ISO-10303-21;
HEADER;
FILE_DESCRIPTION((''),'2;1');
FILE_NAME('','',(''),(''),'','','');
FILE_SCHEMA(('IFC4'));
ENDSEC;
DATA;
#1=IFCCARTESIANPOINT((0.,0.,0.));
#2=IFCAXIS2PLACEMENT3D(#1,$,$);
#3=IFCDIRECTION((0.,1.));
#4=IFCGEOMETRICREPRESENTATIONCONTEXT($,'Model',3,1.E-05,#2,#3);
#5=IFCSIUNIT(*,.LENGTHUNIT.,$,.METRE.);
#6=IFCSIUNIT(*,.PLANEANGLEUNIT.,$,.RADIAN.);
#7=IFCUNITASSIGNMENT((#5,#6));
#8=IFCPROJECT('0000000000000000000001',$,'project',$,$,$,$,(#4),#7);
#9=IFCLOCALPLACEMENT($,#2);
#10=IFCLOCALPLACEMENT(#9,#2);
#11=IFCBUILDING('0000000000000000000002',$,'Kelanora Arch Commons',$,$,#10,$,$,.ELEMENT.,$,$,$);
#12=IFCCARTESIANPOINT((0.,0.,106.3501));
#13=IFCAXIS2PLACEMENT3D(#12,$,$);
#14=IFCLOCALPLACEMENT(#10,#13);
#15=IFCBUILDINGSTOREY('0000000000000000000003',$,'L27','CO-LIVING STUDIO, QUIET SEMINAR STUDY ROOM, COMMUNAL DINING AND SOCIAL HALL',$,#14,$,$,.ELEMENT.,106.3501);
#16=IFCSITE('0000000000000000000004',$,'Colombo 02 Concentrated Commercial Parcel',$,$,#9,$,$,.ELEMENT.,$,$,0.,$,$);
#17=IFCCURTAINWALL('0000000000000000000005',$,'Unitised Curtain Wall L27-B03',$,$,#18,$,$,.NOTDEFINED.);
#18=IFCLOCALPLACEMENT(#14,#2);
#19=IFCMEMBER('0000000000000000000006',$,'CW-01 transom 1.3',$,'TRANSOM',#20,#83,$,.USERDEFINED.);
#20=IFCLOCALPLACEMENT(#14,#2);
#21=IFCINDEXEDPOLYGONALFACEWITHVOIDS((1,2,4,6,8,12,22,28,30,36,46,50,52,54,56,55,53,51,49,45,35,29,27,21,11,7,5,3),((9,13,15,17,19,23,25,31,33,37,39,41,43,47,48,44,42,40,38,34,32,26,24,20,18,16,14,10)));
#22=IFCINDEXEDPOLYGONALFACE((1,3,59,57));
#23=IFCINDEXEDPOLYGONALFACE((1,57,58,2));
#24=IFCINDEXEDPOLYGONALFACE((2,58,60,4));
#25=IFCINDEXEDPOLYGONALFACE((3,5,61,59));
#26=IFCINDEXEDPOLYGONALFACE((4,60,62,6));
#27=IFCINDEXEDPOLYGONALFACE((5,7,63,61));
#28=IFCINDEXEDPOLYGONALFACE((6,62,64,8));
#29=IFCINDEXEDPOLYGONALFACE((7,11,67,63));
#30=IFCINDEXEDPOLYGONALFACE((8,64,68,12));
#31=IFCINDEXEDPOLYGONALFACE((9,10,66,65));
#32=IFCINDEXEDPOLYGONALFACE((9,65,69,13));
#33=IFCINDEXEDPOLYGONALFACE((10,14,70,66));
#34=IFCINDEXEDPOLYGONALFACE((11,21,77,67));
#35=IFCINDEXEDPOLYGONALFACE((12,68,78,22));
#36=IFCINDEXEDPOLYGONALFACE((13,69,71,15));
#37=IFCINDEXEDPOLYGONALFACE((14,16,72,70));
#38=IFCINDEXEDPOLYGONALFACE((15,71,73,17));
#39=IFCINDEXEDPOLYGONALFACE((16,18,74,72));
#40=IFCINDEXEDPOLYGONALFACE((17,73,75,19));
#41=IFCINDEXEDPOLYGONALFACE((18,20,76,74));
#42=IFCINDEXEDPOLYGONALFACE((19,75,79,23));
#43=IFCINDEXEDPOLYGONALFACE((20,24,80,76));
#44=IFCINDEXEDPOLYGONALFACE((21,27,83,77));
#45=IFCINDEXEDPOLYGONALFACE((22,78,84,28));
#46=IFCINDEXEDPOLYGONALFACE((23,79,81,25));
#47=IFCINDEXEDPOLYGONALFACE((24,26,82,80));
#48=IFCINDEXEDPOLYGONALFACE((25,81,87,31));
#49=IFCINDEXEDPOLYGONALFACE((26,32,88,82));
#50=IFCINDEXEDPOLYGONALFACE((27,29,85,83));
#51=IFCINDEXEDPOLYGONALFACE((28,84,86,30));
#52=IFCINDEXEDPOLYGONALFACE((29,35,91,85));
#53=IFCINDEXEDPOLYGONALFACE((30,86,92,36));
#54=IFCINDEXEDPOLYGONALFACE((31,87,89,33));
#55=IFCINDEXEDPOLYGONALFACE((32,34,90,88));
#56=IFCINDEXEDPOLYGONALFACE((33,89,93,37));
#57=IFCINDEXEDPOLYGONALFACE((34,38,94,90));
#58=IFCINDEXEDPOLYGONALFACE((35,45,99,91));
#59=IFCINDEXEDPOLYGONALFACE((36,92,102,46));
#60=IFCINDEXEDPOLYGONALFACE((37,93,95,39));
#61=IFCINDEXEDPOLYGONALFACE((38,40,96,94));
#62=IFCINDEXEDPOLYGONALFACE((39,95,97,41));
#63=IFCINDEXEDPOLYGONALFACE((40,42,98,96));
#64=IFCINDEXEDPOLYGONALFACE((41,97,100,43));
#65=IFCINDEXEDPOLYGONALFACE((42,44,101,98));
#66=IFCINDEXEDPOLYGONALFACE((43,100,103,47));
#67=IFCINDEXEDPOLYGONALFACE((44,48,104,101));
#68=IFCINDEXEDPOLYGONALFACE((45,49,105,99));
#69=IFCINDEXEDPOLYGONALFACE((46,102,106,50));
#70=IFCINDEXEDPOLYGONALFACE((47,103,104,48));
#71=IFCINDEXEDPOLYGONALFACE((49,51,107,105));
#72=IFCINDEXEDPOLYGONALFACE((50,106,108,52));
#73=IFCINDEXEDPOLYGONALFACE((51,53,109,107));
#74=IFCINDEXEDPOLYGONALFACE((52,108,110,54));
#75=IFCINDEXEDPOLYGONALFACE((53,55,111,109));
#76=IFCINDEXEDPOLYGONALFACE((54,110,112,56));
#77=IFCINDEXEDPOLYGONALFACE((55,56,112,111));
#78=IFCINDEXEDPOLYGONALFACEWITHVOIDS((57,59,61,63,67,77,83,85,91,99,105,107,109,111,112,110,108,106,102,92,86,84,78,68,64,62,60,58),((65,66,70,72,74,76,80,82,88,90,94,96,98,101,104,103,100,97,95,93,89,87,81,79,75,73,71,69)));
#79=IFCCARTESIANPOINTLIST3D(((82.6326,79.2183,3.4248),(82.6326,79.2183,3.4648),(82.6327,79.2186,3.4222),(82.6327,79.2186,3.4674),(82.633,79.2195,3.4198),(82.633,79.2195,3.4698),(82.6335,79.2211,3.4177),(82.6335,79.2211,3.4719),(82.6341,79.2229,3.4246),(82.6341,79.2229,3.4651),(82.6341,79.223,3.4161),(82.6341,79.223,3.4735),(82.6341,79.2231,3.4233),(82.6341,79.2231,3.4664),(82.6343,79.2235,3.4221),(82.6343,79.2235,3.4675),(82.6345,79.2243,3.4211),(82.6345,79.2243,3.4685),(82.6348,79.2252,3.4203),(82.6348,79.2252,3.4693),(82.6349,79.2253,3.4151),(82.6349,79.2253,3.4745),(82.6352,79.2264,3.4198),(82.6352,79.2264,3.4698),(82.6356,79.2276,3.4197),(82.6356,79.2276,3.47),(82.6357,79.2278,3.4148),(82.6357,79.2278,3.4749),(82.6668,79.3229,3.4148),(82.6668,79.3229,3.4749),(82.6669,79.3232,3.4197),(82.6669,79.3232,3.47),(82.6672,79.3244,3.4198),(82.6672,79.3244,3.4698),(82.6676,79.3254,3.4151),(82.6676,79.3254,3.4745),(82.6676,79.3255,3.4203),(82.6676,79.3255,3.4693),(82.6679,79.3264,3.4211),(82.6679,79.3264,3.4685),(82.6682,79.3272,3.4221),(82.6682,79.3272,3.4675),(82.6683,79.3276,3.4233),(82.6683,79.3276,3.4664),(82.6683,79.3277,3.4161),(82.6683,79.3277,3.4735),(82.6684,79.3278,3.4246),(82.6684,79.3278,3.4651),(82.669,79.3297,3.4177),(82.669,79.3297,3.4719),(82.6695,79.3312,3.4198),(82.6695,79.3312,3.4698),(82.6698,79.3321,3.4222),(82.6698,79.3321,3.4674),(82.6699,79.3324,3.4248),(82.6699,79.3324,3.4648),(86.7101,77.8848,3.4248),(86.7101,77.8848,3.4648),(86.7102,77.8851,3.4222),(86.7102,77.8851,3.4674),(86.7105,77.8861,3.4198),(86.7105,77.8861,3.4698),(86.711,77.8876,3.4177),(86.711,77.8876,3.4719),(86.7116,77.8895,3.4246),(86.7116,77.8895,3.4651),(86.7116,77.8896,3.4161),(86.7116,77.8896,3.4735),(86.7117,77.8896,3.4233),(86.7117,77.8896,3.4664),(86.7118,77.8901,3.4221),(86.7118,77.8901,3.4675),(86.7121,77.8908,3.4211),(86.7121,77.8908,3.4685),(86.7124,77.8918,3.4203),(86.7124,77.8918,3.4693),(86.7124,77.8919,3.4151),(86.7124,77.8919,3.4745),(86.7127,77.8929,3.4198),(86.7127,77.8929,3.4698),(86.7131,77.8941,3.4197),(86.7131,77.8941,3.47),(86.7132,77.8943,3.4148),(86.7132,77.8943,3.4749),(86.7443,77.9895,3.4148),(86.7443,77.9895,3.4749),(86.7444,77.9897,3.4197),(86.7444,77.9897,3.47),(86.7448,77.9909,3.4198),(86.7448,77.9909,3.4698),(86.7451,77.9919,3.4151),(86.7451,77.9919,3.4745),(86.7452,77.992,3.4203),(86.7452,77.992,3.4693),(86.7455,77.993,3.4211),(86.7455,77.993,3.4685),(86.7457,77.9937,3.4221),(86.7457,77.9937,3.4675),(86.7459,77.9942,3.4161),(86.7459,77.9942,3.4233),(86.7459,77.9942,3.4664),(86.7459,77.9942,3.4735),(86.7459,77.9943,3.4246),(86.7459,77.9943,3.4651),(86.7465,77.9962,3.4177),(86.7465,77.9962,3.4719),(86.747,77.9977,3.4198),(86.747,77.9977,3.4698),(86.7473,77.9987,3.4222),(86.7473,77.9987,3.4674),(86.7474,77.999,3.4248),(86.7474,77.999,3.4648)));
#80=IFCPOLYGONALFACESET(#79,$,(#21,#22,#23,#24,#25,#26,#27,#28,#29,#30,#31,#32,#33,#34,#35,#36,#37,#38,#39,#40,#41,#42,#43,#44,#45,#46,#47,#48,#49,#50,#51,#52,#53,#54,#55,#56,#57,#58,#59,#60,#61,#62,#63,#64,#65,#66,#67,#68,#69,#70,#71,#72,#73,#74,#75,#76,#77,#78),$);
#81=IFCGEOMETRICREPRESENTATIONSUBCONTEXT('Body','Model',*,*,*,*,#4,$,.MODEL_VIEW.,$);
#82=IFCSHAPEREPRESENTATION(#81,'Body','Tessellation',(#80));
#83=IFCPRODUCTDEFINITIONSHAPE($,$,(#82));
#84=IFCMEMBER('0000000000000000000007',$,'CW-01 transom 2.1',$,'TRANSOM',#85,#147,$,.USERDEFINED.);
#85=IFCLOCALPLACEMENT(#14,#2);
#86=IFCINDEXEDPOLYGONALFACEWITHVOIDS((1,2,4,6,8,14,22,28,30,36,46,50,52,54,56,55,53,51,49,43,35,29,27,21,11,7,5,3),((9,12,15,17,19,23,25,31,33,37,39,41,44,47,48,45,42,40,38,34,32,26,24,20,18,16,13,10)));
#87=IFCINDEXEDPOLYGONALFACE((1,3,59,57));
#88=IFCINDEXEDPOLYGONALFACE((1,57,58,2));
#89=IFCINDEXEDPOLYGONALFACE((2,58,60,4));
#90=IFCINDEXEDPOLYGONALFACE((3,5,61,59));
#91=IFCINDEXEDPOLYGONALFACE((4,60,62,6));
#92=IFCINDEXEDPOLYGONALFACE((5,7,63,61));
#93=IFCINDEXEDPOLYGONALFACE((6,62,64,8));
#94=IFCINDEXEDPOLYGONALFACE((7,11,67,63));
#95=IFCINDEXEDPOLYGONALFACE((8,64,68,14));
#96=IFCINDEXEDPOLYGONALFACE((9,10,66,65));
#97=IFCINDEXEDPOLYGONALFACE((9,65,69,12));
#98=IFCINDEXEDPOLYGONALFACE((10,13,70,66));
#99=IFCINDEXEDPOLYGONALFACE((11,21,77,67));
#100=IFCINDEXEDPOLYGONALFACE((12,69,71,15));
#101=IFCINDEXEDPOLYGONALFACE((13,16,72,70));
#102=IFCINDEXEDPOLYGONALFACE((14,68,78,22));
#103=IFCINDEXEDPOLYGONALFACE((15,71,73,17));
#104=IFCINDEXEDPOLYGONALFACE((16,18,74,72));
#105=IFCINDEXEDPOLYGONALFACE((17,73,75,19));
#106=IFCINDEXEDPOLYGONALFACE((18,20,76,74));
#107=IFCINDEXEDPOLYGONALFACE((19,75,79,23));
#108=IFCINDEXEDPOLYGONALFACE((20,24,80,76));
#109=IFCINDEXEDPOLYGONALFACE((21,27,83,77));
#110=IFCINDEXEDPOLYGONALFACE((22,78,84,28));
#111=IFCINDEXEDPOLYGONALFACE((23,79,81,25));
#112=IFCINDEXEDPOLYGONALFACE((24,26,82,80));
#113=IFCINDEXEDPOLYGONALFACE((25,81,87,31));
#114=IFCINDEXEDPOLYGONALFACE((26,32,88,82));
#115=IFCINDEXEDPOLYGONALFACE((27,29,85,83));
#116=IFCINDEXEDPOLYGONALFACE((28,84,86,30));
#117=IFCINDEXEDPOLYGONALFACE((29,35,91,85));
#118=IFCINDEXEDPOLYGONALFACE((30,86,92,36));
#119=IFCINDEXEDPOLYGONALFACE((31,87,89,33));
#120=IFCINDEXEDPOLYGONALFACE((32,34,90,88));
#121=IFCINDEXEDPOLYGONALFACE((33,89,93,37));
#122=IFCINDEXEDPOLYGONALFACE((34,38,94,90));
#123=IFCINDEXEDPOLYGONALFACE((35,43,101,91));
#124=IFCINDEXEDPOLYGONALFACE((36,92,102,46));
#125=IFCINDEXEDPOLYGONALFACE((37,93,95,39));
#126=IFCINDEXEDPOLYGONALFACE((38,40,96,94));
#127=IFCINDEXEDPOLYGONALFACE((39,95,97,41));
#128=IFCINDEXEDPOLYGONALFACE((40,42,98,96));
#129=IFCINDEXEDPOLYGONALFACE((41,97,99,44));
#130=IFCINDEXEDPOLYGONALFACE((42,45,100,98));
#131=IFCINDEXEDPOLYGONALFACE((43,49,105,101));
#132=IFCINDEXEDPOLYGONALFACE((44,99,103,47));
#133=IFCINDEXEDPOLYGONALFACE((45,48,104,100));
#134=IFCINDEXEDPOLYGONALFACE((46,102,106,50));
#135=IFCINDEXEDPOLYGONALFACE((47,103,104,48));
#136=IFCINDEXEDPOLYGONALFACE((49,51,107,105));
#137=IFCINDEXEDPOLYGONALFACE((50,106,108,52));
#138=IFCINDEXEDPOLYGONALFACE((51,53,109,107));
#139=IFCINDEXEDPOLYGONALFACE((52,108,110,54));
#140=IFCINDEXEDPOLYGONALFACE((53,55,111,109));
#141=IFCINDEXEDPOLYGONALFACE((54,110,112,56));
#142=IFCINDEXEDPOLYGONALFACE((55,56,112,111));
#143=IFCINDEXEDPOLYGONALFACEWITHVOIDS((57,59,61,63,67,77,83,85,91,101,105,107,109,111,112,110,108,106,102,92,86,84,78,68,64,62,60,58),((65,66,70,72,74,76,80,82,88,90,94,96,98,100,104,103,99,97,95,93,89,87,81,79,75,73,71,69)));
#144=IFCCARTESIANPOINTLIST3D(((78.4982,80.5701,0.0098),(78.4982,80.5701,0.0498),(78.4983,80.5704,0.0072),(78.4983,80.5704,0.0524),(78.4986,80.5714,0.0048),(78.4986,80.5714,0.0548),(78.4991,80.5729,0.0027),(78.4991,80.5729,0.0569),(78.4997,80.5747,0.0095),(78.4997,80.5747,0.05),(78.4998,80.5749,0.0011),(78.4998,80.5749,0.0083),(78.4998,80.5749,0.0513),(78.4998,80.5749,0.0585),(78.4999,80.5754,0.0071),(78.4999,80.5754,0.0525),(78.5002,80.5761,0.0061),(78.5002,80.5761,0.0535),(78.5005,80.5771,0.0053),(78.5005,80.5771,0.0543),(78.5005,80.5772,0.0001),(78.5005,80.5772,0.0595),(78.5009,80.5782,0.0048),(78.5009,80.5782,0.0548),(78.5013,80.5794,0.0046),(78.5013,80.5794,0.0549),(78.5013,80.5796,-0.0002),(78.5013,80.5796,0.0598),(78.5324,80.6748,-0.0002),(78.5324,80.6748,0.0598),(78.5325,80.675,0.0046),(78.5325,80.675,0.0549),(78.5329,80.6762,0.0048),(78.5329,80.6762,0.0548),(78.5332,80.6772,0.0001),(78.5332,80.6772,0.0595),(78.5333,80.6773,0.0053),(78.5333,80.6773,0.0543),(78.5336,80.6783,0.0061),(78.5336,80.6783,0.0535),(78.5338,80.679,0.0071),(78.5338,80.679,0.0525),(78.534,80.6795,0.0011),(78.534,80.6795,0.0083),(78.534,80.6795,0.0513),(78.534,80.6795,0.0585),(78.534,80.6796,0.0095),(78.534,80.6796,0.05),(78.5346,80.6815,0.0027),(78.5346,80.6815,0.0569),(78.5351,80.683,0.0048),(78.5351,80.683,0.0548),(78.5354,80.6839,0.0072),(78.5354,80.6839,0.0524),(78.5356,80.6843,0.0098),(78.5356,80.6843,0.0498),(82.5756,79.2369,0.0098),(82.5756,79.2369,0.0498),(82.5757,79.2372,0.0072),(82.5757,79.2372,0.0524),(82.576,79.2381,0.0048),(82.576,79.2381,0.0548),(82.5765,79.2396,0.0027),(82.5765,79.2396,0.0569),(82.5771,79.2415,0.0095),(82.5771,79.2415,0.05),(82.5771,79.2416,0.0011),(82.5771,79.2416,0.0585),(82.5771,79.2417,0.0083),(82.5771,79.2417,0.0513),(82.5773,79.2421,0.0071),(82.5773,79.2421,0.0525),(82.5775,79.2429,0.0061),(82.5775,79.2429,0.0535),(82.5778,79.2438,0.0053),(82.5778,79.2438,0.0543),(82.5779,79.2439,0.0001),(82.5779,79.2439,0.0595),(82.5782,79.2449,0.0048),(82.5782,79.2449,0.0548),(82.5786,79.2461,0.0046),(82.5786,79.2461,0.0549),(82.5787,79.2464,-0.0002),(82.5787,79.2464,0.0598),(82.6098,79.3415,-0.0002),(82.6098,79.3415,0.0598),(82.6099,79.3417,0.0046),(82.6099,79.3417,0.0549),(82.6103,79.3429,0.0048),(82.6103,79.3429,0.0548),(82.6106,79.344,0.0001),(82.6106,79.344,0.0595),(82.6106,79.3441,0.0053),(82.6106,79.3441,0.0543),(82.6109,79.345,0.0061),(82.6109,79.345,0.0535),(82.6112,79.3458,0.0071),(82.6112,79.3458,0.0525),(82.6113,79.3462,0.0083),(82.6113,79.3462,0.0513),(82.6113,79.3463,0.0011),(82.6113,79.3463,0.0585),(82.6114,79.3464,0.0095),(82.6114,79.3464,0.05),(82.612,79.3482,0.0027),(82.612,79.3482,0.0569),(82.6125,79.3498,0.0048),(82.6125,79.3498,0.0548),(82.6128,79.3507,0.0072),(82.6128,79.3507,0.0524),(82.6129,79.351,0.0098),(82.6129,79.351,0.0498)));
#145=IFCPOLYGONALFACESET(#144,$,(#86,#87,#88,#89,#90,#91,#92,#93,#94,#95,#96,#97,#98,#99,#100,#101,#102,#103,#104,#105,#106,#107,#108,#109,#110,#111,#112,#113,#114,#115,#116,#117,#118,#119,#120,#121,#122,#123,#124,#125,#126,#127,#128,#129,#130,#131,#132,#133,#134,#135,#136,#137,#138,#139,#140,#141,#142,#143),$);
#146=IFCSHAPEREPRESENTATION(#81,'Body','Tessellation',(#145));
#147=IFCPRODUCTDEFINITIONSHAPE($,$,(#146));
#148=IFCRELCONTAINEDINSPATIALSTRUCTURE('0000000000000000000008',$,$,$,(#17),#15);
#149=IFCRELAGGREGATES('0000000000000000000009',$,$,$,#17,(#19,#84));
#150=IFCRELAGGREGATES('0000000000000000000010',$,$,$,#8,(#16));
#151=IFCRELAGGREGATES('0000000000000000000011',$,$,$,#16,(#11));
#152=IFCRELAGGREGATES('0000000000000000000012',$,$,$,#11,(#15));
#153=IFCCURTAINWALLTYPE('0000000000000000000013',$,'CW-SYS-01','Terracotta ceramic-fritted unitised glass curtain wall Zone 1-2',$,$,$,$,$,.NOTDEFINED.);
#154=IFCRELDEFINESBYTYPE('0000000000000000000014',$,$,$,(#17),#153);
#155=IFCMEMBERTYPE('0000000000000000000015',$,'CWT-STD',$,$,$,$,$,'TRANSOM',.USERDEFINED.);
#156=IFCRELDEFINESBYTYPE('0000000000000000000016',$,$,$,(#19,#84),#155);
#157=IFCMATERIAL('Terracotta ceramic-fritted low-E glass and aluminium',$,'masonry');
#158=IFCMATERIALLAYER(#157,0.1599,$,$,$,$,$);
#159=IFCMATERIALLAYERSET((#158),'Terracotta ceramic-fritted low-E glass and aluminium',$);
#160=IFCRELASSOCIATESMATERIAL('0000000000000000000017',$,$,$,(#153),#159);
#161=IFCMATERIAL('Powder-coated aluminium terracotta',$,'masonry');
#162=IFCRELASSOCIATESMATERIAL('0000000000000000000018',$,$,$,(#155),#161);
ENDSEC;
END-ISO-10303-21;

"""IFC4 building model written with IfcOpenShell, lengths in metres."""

from ifc_helpers import new_model, si_unit, direction, frame, origin, origin_2d, place, context, subcontext, project, spatial, hollow_rectangle, extrude, material, layer, layer_set, material_profile, profile_set, type_object, element, aggregate, save


model = new_model("IFC4")

# Units and contexts
model_context = context("Model", 3, precision=1e-05, world=origin(), true_north=direction((0.0, 1.0)))
body_context = subcontext(model_context, "Body", "Model", "MODEL_VIEW")
ifc_project = project(units=[si_unit("LENGTHUNIT", "METRE"), si_unit("PLANEANGLEUNIT", "RADIAN")], contexts=[model_context])

# Site, building, storey
site_placement = place(None, origin())
site = spatial("IfcSite", under=ifc_project, at=site_placement, Name="Colombo 02 Concentrated Commercial Parcel", CompositionType="ELEMENT", RefElevation=0.0)
building_placement = place(site_placement, origin())
building = spatial("IfcBuilding", under=site, at=building_placement, Name="Kelanora Arch Commons", CompositionType="ELEMENT")
storey_placement = place(building_placement, frame((0.0, 0.0, 106.3501)))
storey = spatial("IfcBuildingStorey", under=building, at=storey_placement, Name="L27", Description="CO-LIVING STUDIO, QUIET SEMINAR STUDY ROOM, COMMUNAL DINING AND SOCIAL HALL", CompositionType="ELEMENT", Elevation=106.3501)

# Curtain wall, members
ifc_material_1 = material(Name="Terracotta ceramic-fritted low-E glass and aluminium", Category="masonry")
ifc_layer_1 = layer(ifc_material_1, 0.1599)
ifc_layer_set_1 = layer_set([ifc_layer_1], Name="Terracotta ceramic-fritted low-E glass and aluminium")
curtain_wall_type = type_object("IfcCurtainWallType", Name="CW-SYS-01", Description="Terracotta ceramic-fritted unitised glass curtain wall Zone 1-2", PredefinedType="NOTDEFINED", material=ifc_layer_set_1)
curtain_wall_placement = place(storey_placement, origin())
curtain_wall = element("IfcCurtainWall", 1, at=curtain_wall_placement, inside=storey, type_object=curtain_wall_type, Name="Unitised Curtain Wall L27-B03", PredefinedType="NOTDEFINED")
ifc_material_2 = material(Name="Powder-coated aluminium terracotta", Category="masonry")
ifc_material_profile_1 = material_profile(ifc_material_2, hollow_rectangle(XDim=0.1201, YDim=0.0601, WallThickness=0.0049, InnerFilletRadius=0.0049, OuterFilletRadius=0.01, at=origin_2d()), Name="CWT120x60")
ifc_profile_set_1 = profile_set([ifc_material_profile_1], Name="Powder-coated aluminium terracotta")
member_type_1 = type_object("IfcMemberType", Name="CWT-STD", ElementType="TRANSOM", PredefinedType="USERDEFINED", material=ifc_profile_set_1)
member_1_placement = place(storey_placement, frame((86.7288, 77.9419, 3.4448), z_axis=(-0.950466, 0.310828, 0.0), x_axis=(-0.310828, -0.950466, 0.0)))
member_1 = element("IfcMember", 2, at=member_1_placement, type_object=member_type_1, Name="CW-01 transom 1.3", ObjectType="TRANSOM", PredefinedType="USERDEFINED", context=body_context, shape_type="SweptSolid", body=[
    extrude(hollow_rectangle(XDim=0.1201, YDim=0.0601, WallThickness=0.0049, InnerFilletRadius=0.0049, OuterFilletRadius=0.01, at=origin_2d()), origin(), (0.0, 0.0, 1.0), 4.29),
])
member_2_placement = place(storey_placement, frame((82.5942, 79.2939, 0.0298), z_axis=(-0.950478, 0.310793, 0.0), x_axis=(-0.310793, -0.950478, 0.0)))
member_2 = element("IfcMember", 3, at=member_2_placement, type_object=member_type_1, Name="CW-01 transom 2.1", ObjectType="TRANSOM", PredefinedType="USERDEFINED", context=body_context, shape_type="SweptSolid", body=[
    extrude(hollow_rectangle(XDim=0.1201, YDim=0.0601, WallThickness=0.0049, InnerFilletRadius=0.0049, OuterFilletRadius=0.01, at=origin_2d()), origin(), (0.0, 0.0, 1.0), 4.2898),
])
aggregate(curtain_wall, [member_1, member_2])

save(model, "model.ifc")
